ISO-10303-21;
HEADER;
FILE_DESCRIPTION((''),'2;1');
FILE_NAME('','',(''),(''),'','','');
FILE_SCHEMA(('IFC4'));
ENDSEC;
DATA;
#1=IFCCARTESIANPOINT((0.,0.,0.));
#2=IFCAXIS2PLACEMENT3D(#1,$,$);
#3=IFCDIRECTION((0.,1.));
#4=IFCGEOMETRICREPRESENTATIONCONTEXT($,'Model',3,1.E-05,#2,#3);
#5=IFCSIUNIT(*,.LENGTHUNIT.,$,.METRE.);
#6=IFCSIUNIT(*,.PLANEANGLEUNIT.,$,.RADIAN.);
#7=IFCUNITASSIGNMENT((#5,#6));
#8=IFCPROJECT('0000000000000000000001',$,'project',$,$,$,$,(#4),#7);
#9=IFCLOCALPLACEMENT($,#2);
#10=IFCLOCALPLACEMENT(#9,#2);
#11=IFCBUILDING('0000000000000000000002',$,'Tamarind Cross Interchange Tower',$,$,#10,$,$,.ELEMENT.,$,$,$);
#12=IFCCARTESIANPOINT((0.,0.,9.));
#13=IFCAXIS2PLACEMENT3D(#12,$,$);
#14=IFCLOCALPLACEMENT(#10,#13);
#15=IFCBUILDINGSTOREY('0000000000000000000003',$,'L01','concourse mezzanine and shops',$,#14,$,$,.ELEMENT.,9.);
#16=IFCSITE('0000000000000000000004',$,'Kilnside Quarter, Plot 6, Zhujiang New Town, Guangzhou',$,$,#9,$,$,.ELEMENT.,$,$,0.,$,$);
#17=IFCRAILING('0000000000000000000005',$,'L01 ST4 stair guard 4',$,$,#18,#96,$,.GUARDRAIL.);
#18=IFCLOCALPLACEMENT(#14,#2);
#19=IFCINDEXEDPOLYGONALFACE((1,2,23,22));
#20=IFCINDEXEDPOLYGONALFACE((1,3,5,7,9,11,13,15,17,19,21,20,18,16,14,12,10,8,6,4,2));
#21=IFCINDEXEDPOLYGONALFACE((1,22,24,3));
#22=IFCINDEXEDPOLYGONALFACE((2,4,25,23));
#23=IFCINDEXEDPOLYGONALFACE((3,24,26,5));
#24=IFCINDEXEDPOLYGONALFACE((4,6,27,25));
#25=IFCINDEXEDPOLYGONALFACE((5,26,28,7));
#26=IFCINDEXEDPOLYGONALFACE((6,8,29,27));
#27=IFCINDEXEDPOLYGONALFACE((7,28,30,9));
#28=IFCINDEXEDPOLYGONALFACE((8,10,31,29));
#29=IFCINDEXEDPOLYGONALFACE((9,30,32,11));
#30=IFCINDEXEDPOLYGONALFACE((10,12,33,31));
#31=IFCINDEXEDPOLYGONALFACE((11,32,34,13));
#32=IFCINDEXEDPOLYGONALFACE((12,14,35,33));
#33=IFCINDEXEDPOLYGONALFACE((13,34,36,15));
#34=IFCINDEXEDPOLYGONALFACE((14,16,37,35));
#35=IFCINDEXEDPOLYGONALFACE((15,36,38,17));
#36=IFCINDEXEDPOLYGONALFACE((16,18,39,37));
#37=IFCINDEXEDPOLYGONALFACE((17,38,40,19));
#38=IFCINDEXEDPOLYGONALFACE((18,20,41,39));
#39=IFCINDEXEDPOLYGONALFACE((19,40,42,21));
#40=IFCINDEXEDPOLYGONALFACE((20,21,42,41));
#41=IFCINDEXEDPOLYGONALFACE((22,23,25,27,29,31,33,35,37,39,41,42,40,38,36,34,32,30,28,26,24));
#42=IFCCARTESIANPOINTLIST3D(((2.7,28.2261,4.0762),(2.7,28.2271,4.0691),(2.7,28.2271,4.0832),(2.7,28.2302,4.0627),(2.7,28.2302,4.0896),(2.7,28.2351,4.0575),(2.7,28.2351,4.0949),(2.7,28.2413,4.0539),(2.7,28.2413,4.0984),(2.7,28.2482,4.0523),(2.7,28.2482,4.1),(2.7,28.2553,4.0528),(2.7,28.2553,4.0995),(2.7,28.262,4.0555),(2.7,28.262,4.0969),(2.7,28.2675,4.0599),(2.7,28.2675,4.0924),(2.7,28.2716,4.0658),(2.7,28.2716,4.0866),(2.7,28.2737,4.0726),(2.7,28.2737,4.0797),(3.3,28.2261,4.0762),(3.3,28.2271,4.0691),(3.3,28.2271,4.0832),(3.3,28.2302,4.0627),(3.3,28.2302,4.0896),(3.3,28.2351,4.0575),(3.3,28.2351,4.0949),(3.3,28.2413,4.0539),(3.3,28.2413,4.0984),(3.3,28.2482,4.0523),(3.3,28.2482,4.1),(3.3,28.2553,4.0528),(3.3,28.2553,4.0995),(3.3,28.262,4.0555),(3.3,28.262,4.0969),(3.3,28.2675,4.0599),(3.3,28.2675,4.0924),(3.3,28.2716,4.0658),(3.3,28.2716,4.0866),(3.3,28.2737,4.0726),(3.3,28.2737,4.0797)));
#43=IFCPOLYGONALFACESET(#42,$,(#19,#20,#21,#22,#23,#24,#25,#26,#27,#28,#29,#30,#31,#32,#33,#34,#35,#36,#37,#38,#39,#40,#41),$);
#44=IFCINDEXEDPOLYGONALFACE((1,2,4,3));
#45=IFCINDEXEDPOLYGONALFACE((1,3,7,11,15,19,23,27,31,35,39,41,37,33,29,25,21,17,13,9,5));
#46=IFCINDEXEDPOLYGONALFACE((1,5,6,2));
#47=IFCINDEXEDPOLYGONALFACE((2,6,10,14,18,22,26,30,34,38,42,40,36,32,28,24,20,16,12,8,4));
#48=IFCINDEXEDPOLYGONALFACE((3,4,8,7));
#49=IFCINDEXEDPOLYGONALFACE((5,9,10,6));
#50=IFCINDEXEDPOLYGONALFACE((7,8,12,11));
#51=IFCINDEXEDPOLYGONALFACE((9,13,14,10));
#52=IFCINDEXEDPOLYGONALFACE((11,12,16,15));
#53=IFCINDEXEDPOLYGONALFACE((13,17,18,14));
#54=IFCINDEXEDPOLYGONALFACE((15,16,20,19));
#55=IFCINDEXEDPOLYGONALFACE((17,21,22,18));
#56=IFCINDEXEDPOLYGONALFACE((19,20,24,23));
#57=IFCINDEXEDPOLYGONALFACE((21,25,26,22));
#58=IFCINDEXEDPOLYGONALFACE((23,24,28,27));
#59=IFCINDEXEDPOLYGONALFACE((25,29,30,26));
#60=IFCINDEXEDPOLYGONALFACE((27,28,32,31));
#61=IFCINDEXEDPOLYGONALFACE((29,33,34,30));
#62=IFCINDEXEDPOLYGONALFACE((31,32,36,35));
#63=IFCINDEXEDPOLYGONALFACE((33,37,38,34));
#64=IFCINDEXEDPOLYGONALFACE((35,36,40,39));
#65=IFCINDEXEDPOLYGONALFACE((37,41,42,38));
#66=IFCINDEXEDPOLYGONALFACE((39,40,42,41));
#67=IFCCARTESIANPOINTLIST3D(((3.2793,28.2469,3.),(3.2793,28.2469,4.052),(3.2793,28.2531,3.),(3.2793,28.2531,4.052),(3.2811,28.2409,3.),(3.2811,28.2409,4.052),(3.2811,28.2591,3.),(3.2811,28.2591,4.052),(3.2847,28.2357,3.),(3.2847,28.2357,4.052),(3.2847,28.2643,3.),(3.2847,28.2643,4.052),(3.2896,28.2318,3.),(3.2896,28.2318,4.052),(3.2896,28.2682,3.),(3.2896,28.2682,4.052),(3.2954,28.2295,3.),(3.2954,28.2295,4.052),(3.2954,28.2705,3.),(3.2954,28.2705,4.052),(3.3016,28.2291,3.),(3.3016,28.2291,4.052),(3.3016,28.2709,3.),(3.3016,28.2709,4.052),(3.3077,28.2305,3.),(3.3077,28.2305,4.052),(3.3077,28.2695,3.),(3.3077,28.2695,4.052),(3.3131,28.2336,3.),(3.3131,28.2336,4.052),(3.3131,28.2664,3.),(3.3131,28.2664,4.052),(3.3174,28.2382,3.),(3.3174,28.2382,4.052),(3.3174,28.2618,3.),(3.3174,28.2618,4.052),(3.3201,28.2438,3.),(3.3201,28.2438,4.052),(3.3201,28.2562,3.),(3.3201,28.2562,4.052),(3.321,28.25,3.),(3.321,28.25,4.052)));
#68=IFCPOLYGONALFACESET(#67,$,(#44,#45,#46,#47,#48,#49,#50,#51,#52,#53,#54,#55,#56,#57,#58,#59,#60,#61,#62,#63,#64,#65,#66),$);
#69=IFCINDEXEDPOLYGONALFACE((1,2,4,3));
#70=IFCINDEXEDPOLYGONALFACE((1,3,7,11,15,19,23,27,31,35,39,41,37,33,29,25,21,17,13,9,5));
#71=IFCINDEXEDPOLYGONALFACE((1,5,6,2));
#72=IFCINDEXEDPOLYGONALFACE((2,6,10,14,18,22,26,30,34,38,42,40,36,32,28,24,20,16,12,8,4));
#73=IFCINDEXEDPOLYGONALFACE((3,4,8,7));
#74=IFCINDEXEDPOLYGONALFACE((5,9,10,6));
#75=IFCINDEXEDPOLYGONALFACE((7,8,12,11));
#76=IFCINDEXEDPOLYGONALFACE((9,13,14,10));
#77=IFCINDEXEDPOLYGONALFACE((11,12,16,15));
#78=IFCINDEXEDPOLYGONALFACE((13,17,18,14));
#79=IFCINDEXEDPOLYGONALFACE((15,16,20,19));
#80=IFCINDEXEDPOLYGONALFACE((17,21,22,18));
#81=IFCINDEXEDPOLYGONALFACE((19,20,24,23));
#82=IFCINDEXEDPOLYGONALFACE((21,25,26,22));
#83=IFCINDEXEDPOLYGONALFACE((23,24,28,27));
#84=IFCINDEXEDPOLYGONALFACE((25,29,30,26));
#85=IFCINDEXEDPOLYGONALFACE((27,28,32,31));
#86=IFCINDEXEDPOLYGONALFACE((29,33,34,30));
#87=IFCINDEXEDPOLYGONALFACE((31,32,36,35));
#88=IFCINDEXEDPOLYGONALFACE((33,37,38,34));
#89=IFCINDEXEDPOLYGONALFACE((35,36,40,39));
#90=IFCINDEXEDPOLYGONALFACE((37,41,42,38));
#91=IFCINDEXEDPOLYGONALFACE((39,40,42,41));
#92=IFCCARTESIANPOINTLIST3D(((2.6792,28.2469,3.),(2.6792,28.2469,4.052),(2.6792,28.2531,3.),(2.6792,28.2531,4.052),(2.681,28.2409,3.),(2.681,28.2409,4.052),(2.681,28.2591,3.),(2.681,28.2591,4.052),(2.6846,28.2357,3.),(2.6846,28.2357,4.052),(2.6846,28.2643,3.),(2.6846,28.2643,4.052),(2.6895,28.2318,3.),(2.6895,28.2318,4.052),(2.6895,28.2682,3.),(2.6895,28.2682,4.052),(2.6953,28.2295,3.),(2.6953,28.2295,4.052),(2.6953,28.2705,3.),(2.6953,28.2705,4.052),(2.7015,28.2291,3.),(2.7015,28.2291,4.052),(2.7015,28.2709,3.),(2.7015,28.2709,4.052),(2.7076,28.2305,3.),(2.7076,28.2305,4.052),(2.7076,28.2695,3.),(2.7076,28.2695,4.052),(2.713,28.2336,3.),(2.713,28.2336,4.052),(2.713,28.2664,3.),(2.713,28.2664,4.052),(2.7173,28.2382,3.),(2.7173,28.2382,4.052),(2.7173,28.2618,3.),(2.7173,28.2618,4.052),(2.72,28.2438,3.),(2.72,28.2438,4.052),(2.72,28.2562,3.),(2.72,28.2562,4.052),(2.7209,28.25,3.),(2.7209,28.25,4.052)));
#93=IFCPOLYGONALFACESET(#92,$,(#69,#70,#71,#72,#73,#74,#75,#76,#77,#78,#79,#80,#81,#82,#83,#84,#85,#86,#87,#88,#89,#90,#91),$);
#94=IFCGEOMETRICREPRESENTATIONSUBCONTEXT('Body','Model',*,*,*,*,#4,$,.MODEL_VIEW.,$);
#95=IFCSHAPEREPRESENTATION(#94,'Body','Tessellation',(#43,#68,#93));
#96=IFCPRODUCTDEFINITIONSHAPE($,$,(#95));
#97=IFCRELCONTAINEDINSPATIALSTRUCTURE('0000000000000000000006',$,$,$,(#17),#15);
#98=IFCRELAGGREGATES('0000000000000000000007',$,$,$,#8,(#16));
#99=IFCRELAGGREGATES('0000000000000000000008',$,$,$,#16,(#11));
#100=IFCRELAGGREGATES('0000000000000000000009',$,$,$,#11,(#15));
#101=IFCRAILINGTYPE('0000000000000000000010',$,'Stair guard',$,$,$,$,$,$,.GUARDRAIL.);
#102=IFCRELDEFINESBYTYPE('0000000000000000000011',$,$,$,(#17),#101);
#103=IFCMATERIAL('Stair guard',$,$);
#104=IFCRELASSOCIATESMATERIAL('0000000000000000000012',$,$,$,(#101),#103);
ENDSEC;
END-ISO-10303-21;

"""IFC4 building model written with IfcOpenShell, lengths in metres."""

from ifc_helpers import new_model, si_unit, direction, frame, origin, origin_2d, place, context, subcontext, project, spatial, circle, extrude, material, type_object, element, save


model = new_model("IFC4")

# Units and contexts
model_context = context("Model", 3, precision=1e-05, world=origin(), true_north=direction((0.0, 1.0)))
body_context = subcontext(model_context, "Body", "Model", "MODEL_VIEW")
ifc_project = project(units=[si_unit("LENGTHUNIT", "METRE"), si_unit("PLANEANGLEUNIT", "RADIAN")], contexts=[model_context])

# Site, building, storey
site_placement = place(None, origin())
site = spatial("IfcSite", under=ifc_project, at=site_placement, Name="Kilnside Quarter, Plot 6, Zhujiang New Town, Guangzhou", CompositionType="ELEMENT", RefElevation=0.0)
building_placement = place(site_placement, origin())
building = spatial("IfcBuilding", under=site, at=building_placement, Name="Tamarind Cross Interchange Tower", CompositionType="ELEMENT")
storey_placement = place(building_placement, frame((0.0, 0.0, 9.0)))
storey = spatial("IfcBuildingStorey", under=building, at=storey_placement, Name="L01", Description="concourse mezzanine and shops", CompositionType="ELEMENT", Elevation=9.0)

# Railing
ifc_material_1 = material(Name="Stair guard")
railing_type_1 = type_object("IfcRailingType", Name="Stair guard", PredefinedType="GUARDRAIL", material=ifc_material_1)
railing_1_placement = place(storey_placement, frame((3.3, 28.25, 3.0)))
element("IfcRailing", 1, at=railing_1_placement, inside=storey, type_object=railing_type_1, Name="L01 ST4 stair guard 4", PredefinedType="GUARDRAIL", context=body_context, shape_type="SweptSolid", body=[
    extrude(circle(Radius=0.0239, at=origin_2d()), frame((0.0, 0.0, 1.0762), z_axis=(-1.0, 0.0, 0.0), x_axis=(0.0, -1.0, 0.0)), (0.0, 0.0, 1.0), 0.6001),
    extrude(circle(Radius=0.021, at=origin_2d()), origin(), (0.0, 0.0, 1.0), 1.052),
    extrude(circle(Radius=0.021, at=origin_2d()), frame((-0.6001, 0.0, 0.0)), (0.0, 0.0, 1.0), 1.052),
])

save(model, "model.ifc")
